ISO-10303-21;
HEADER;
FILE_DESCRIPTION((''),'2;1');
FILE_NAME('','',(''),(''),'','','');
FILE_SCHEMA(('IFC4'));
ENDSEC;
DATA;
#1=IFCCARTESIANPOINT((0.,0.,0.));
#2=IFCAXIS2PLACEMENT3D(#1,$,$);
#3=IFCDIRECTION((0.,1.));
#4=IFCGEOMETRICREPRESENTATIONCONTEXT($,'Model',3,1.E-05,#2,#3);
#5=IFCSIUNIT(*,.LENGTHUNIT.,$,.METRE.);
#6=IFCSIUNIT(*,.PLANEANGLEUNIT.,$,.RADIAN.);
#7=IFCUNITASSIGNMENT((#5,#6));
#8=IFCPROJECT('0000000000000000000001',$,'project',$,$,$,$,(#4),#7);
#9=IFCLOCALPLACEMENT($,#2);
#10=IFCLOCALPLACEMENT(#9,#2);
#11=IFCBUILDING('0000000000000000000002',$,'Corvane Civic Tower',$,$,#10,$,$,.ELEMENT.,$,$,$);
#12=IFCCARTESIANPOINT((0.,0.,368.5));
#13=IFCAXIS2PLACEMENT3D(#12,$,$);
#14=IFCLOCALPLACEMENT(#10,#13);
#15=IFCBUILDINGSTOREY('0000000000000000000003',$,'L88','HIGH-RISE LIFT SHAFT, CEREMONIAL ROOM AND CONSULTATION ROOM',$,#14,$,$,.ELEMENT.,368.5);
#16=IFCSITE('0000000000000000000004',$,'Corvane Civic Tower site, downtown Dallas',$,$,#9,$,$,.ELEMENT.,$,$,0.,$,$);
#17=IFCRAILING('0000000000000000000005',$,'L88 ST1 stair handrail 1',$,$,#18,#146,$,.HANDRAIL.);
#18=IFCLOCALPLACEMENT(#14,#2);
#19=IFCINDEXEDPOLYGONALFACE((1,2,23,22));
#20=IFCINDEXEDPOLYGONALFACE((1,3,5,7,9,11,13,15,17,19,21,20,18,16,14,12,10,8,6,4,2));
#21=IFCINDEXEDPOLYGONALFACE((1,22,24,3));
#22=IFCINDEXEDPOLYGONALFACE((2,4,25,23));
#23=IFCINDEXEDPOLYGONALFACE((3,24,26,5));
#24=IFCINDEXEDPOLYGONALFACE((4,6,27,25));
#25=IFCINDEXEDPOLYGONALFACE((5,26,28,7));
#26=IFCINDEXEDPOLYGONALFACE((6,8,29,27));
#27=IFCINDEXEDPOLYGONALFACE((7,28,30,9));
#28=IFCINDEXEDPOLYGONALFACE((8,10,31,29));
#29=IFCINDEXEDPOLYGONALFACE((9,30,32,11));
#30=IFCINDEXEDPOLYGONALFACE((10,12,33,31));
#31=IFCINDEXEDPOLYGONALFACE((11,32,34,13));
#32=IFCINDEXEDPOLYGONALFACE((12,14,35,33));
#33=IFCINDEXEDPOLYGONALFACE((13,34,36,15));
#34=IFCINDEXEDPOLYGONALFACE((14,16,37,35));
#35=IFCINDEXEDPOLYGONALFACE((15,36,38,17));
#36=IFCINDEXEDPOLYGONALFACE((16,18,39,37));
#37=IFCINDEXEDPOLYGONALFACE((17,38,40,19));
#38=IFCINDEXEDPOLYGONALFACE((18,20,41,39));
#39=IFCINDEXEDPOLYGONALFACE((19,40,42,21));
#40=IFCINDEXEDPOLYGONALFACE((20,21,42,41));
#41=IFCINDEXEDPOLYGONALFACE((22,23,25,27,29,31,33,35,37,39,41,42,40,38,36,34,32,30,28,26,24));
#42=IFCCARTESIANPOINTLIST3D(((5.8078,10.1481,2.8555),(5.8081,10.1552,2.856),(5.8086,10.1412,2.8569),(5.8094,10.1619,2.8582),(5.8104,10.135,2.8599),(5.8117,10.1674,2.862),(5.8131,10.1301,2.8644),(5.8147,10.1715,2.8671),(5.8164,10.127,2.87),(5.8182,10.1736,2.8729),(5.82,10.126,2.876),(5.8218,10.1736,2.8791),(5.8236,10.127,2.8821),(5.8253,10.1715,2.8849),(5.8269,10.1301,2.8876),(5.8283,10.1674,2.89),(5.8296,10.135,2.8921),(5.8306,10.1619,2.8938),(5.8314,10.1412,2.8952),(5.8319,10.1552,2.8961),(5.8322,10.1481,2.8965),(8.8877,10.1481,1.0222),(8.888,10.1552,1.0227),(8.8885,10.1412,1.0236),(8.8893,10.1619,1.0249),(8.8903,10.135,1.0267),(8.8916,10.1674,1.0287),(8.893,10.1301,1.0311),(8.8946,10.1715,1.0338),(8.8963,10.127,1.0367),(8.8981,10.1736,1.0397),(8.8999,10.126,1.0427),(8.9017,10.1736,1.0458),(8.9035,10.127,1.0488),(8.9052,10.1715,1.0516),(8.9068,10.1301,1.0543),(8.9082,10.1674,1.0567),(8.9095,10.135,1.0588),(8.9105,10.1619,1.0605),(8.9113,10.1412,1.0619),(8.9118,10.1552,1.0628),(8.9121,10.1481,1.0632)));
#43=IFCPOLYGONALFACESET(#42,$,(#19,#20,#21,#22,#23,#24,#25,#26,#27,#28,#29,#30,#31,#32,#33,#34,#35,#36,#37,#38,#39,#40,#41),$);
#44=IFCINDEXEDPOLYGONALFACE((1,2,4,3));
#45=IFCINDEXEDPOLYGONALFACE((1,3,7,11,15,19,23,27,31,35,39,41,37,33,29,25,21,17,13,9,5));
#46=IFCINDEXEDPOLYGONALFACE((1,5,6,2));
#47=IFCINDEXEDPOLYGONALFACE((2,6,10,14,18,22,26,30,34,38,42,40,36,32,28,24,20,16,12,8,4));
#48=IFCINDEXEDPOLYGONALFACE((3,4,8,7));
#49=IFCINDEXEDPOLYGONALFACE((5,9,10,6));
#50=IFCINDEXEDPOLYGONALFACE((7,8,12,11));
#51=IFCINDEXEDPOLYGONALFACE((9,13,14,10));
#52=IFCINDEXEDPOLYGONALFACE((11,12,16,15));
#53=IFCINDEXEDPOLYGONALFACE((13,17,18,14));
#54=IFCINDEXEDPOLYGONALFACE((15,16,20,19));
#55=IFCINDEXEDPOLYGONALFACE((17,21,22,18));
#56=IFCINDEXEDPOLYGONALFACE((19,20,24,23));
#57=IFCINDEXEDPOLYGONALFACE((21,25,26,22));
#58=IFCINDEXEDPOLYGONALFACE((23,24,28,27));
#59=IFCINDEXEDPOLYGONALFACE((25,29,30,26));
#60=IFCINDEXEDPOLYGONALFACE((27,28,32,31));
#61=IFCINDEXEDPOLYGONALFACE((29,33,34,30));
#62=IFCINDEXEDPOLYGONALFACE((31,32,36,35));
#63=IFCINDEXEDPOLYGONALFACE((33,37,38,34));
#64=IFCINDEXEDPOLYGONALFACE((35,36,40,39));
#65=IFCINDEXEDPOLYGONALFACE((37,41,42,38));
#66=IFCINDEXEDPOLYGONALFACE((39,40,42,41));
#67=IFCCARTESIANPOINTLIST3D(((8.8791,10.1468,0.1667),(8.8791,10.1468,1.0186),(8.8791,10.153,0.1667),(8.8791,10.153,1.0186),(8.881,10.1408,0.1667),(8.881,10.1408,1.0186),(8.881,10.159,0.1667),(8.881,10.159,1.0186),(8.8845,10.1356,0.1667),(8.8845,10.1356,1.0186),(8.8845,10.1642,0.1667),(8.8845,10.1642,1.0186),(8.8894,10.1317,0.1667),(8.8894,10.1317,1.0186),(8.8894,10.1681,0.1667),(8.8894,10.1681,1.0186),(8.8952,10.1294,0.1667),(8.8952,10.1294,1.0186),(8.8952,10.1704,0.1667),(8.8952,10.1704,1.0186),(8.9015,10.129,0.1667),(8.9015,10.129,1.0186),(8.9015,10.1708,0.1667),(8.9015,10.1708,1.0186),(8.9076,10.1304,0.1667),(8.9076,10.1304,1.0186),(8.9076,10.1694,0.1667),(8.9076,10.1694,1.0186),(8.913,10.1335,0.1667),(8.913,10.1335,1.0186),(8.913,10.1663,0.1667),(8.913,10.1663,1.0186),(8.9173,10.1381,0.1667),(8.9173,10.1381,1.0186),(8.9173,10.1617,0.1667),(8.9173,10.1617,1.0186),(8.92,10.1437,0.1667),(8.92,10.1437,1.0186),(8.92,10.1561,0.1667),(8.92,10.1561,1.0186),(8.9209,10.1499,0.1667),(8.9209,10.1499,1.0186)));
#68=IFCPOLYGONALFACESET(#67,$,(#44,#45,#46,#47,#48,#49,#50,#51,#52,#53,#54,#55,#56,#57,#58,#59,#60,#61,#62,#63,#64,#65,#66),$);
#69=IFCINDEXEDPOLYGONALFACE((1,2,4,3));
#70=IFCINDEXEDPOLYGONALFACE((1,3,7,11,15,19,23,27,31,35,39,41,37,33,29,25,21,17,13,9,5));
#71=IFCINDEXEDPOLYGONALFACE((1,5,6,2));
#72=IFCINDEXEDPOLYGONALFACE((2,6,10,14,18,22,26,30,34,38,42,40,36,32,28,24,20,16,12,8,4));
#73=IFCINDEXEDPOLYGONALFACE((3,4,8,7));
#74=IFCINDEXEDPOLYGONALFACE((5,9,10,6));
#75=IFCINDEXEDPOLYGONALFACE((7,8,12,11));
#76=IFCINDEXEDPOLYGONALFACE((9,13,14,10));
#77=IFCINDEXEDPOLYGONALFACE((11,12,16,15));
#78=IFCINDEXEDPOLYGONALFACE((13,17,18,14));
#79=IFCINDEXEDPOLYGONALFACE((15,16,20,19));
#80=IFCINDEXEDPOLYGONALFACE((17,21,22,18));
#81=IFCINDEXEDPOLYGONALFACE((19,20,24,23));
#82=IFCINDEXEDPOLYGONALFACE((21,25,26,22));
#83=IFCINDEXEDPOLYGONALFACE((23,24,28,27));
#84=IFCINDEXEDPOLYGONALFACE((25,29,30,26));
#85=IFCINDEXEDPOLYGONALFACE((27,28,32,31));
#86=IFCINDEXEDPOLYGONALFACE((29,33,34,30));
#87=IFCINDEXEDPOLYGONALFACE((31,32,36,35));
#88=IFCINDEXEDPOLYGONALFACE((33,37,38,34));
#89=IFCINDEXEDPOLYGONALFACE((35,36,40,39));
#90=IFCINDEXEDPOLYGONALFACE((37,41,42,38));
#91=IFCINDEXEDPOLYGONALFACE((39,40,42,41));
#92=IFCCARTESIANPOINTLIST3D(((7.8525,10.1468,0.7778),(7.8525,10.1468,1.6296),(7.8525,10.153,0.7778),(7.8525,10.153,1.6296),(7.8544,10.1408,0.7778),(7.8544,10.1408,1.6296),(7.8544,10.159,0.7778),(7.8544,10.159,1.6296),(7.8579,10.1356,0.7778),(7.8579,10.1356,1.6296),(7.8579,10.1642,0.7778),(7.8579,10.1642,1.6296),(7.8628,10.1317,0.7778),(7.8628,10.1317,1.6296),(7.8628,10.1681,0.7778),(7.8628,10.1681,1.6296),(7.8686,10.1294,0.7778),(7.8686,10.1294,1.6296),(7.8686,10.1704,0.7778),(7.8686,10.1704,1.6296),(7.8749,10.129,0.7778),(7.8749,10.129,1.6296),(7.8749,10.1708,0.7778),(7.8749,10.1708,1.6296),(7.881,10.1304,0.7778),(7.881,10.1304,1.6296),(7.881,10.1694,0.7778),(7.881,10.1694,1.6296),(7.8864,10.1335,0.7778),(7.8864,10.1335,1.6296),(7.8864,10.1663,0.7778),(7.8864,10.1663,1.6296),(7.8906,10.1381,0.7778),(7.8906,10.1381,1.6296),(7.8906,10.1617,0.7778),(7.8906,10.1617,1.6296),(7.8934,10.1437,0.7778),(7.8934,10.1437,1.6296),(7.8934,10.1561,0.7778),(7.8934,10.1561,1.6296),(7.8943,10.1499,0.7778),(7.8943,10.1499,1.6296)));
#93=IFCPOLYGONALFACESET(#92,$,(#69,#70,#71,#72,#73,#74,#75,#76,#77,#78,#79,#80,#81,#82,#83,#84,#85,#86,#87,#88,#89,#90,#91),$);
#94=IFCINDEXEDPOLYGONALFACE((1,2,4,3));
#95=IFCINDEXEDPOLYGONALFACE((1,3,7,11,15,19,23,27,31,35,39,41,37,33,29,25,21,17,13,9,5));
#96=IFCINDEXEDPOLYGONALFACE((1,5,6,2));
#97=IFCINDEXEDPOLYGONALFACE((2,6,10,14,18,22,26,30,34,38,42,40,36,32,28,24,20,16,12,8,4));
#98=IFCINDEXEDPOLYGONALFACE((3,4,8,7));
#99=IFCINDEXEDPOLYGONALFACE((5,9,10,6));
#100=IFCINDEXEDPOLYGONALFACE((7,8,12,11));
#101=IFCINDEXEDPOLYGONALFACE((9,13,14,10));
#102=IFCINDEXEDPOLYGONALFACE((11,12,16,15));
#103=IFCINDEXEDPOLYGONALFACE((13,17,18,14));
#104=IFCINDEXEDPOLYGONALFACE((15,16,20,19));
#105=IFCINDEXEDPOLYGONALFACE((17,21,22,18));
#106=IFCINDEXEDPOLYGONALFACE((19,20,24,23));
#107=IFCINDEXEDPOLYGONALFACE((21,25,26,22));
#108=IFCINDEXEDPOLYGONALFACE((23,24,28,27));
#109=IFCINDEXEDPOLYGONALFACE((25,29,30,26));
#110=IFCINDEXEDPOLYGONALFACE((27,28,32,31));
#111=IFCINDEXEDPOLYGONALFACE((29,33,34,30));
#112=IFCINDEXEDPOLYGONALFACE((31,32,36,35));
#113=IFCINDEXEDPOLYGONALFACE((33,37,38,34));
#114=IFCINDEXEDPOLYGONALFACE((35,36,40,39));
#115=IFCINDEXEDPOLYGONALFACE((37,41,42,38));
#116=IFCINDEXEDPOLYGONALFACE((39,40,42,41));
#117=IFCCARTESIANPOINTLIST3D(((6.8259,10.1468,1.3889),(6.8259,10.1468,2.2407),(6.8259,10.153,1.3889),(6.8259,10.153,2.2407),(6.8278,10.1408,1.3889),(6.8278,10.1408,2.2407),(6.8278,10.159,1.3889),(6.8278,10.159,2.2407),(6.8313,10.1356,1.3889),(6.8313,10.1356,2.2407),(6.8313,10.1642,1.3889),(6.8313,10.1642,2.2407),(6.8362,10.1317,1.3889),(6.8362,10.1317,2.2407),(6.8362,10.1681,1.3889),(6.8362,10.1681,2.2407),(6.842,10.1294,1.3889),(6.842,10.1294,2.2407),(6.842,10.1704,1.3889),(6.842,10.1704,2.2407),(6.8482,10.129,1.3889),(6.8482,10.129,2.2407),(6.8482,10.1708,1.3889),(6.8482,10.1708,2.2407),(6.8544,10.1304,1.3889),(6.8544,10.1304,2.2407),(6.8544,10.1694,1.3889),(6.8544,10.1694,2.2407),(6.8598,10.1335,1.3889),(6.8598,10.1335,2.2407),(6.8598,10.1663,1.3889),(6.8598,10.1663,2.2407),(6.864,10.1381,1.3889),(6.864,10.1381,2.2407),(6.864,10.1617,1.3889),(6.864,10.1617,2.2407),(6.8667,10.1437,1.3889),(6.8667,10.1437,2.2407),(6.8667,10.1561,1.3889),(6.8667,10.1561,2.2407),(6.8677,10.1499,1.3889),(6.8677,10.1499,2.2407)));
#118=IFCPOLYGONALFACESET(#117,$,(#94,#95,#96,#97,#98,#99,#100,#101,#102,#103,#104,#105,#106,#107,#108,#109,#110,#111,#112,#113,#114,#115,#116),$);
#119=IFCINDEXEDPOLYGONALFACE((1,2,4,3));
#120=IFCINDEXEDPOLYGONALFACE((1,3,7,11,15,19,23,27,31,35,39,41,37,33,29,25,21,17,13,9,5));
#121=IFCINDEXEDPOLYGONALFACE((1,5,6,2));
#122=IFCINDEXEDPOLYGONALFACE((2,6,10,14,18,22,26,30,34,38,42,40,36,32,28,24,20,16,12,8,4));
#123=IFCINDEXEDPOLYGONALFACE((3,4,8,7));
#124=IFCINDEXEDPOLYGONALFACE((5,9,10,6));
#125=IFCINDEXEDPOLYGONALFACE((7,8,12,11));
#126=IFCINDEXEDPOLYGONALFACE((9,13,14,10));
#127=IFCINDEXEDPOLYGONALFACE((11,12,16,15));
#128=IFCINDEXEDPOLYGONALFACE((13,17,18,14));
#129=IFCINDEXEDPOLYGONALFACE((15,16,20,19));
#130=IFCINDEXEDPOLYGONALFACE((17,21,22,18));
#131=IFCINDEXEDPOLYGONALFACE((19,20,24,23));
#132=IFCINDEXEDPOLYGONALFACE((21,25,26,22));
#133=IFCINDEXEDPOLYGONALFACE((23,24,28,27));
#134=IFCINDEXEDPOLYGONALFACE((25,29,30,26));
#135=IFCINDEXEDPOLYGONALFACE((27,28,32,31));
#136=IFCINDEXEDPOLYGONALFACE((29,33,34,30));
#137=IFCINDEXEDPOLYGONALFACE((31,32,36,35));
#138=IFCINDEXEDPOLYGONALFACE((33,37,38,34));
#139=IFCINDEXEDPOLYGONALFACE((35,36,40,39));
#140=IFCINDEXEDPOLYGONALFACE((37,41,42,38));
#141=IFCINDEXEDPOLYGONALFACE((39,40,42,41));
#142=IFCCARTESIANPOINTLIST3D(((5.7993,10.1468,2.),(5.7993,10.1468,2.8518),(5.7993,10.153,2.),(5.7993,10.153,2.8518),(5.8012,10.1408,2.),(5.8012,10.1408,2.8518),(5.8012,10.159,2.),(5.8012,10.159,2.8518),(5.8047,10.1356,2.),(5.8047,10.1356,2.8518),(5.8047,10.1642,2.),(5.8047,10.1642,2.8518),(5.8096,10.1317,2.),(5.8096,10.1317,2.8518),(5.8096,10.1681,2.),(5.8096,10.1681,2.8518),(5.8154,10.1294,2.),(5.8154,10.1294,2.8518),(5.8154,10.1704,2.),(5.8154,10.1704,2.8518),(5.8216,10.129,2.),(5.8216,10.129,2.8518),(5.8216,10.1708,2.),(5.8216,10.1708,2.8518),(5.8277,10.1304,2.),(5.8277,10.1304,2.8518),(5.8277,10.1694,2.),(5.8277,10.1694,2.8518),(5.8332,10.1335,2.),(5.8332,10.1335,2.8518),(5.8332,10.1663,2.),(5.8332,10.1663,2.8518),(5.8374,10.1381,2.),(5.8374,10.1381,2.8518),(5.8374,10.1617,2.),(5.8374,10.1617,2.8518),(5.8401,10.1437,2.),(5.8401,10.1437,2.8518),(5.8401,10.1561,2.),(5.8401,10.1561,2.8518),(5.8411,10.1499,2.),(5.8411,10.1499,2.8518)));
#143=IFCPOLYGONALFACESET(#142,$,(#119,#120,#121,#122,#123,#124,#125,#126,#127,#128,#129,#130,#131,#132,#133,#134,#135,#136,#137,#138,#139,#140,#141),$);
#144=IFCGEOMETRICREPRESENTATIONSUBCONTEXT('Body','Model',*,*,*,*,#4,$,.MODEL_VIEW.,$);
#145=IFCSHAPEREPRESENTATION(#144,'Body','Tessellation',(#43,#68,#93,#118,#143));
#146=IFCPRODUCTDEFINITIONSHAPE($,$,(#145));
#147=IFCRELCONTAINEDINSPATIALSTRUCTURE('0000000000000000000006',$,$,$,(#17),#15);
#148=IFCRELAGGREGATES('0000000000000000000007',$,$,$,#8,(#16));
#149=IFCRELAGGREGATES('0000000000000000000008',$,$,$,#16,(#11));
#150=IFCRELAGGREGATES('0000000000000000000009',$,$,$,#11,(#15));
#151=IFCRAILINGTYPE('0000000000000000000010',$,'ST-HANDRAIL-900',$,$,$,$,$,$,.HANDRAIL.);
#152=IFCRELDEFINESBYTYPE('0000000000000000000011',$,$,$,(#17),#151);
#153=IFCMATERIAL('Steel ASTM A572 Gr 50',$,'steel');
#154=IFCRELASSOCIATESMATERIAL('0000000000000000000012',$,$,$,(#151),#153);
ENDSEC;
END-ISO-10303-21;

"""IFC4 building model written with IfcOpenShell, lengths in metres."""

from ifc_helpers import new_model, si_unit, direction, frame, origin, origin_2d, place, context, subcontext, project, spatial, circle, extrude, material, type_object, element, save


model = new_model("IFC4")

# Units and contexts
model_context = context("Model", 3, precision=1e-05, world=origin(), true_north=direction((0.0, 1.0)))
body_context = subcontext(model_context, "Body", "Model", "MODEL_VIEW")
ifc_project = project(units=[si_unit("LENGTHUNIT", "METRE"), si_unit("PLANEANGLEUNIT", "RADIAN")], contexts=[model_context])

# Site, building, storey
site_placement = place(None, origin())
site = spatial("IfcSite", under=ifc_project, at=site_placement, Name="Corvane Civic Tower site, downtown Dallas", CompositionType="ELEMENT", RefElevation=0.0)
building_placement = place(site_placement, origin())
building = spatial("IfcBuilding", under=site, at=building_placement, Name="Corvane Civic Tower", CompositionType="ELEMENT")
storey_placement = place(building_placement, frame((0.0, 0.0, 368.5)))
storey = spatial("IfcBuildingStorey", under=building, at=storey_placement, Name="L88", Description="HIGH-RISE LIFT SHAFT, CEREMONIAL ROOM AND CONSULTATION ROOM", CompositionType="ELEMENT", Elevation=368.5)

# Railing
ifc_material_1 = material(Name="Steel ASTM A572 Gr 50", Category="steel")
railing_type = type_object("IfcRailingType", Name="ST-HANDRAIL-900", PredefinedType="HANDRAIL", material=ifc_material_1)
railing_1_placement = place(storey_placement, frame((8.8999, 10.1499, 0.1667)))
element("IfcRailing", 1, at=railing_1_placement, inside=storey, type_object=railing_type, Name="L88 ST1 stair handrail 1", PredefinedType="HANDRAIL", context=body_context, shape_type="SweptSolid", body=[
    extrude(circle(Radius=0.0239, at=origin_2d()), frame((0.0, 0.0, 0.876), z_axis=(-0.859291, 0.0, 0.511487), x_axis=(0.0, -1.0, 0.0)), (0.0, 0.0, 1.0), 3.5842),
    extrude(circle(Radius=0.021, at=origin_2d()), origin(), (0.0, 0.0, 1.0), 0.8518),
    extrude(circle(Radius=0.021, at=origin_2d()), frame((-1.0266, 0.0, 0.6111)), (0.0, 0.0, 1.0), 0.8518),
    extrude(circle(Radius=0.021, at=origin_2d()), frame((-2.0532, 0.0, 1.2222)), (0.0, 0.0, 1.0), 0.8518),
    extrude(circle(Radius=0.021, at=origin_2d()), frame((-3.0798, 0.0, 1.8333)), (0.0, 0.0, 1.0), 0.8518),
])

save(model, "model.ifc")
